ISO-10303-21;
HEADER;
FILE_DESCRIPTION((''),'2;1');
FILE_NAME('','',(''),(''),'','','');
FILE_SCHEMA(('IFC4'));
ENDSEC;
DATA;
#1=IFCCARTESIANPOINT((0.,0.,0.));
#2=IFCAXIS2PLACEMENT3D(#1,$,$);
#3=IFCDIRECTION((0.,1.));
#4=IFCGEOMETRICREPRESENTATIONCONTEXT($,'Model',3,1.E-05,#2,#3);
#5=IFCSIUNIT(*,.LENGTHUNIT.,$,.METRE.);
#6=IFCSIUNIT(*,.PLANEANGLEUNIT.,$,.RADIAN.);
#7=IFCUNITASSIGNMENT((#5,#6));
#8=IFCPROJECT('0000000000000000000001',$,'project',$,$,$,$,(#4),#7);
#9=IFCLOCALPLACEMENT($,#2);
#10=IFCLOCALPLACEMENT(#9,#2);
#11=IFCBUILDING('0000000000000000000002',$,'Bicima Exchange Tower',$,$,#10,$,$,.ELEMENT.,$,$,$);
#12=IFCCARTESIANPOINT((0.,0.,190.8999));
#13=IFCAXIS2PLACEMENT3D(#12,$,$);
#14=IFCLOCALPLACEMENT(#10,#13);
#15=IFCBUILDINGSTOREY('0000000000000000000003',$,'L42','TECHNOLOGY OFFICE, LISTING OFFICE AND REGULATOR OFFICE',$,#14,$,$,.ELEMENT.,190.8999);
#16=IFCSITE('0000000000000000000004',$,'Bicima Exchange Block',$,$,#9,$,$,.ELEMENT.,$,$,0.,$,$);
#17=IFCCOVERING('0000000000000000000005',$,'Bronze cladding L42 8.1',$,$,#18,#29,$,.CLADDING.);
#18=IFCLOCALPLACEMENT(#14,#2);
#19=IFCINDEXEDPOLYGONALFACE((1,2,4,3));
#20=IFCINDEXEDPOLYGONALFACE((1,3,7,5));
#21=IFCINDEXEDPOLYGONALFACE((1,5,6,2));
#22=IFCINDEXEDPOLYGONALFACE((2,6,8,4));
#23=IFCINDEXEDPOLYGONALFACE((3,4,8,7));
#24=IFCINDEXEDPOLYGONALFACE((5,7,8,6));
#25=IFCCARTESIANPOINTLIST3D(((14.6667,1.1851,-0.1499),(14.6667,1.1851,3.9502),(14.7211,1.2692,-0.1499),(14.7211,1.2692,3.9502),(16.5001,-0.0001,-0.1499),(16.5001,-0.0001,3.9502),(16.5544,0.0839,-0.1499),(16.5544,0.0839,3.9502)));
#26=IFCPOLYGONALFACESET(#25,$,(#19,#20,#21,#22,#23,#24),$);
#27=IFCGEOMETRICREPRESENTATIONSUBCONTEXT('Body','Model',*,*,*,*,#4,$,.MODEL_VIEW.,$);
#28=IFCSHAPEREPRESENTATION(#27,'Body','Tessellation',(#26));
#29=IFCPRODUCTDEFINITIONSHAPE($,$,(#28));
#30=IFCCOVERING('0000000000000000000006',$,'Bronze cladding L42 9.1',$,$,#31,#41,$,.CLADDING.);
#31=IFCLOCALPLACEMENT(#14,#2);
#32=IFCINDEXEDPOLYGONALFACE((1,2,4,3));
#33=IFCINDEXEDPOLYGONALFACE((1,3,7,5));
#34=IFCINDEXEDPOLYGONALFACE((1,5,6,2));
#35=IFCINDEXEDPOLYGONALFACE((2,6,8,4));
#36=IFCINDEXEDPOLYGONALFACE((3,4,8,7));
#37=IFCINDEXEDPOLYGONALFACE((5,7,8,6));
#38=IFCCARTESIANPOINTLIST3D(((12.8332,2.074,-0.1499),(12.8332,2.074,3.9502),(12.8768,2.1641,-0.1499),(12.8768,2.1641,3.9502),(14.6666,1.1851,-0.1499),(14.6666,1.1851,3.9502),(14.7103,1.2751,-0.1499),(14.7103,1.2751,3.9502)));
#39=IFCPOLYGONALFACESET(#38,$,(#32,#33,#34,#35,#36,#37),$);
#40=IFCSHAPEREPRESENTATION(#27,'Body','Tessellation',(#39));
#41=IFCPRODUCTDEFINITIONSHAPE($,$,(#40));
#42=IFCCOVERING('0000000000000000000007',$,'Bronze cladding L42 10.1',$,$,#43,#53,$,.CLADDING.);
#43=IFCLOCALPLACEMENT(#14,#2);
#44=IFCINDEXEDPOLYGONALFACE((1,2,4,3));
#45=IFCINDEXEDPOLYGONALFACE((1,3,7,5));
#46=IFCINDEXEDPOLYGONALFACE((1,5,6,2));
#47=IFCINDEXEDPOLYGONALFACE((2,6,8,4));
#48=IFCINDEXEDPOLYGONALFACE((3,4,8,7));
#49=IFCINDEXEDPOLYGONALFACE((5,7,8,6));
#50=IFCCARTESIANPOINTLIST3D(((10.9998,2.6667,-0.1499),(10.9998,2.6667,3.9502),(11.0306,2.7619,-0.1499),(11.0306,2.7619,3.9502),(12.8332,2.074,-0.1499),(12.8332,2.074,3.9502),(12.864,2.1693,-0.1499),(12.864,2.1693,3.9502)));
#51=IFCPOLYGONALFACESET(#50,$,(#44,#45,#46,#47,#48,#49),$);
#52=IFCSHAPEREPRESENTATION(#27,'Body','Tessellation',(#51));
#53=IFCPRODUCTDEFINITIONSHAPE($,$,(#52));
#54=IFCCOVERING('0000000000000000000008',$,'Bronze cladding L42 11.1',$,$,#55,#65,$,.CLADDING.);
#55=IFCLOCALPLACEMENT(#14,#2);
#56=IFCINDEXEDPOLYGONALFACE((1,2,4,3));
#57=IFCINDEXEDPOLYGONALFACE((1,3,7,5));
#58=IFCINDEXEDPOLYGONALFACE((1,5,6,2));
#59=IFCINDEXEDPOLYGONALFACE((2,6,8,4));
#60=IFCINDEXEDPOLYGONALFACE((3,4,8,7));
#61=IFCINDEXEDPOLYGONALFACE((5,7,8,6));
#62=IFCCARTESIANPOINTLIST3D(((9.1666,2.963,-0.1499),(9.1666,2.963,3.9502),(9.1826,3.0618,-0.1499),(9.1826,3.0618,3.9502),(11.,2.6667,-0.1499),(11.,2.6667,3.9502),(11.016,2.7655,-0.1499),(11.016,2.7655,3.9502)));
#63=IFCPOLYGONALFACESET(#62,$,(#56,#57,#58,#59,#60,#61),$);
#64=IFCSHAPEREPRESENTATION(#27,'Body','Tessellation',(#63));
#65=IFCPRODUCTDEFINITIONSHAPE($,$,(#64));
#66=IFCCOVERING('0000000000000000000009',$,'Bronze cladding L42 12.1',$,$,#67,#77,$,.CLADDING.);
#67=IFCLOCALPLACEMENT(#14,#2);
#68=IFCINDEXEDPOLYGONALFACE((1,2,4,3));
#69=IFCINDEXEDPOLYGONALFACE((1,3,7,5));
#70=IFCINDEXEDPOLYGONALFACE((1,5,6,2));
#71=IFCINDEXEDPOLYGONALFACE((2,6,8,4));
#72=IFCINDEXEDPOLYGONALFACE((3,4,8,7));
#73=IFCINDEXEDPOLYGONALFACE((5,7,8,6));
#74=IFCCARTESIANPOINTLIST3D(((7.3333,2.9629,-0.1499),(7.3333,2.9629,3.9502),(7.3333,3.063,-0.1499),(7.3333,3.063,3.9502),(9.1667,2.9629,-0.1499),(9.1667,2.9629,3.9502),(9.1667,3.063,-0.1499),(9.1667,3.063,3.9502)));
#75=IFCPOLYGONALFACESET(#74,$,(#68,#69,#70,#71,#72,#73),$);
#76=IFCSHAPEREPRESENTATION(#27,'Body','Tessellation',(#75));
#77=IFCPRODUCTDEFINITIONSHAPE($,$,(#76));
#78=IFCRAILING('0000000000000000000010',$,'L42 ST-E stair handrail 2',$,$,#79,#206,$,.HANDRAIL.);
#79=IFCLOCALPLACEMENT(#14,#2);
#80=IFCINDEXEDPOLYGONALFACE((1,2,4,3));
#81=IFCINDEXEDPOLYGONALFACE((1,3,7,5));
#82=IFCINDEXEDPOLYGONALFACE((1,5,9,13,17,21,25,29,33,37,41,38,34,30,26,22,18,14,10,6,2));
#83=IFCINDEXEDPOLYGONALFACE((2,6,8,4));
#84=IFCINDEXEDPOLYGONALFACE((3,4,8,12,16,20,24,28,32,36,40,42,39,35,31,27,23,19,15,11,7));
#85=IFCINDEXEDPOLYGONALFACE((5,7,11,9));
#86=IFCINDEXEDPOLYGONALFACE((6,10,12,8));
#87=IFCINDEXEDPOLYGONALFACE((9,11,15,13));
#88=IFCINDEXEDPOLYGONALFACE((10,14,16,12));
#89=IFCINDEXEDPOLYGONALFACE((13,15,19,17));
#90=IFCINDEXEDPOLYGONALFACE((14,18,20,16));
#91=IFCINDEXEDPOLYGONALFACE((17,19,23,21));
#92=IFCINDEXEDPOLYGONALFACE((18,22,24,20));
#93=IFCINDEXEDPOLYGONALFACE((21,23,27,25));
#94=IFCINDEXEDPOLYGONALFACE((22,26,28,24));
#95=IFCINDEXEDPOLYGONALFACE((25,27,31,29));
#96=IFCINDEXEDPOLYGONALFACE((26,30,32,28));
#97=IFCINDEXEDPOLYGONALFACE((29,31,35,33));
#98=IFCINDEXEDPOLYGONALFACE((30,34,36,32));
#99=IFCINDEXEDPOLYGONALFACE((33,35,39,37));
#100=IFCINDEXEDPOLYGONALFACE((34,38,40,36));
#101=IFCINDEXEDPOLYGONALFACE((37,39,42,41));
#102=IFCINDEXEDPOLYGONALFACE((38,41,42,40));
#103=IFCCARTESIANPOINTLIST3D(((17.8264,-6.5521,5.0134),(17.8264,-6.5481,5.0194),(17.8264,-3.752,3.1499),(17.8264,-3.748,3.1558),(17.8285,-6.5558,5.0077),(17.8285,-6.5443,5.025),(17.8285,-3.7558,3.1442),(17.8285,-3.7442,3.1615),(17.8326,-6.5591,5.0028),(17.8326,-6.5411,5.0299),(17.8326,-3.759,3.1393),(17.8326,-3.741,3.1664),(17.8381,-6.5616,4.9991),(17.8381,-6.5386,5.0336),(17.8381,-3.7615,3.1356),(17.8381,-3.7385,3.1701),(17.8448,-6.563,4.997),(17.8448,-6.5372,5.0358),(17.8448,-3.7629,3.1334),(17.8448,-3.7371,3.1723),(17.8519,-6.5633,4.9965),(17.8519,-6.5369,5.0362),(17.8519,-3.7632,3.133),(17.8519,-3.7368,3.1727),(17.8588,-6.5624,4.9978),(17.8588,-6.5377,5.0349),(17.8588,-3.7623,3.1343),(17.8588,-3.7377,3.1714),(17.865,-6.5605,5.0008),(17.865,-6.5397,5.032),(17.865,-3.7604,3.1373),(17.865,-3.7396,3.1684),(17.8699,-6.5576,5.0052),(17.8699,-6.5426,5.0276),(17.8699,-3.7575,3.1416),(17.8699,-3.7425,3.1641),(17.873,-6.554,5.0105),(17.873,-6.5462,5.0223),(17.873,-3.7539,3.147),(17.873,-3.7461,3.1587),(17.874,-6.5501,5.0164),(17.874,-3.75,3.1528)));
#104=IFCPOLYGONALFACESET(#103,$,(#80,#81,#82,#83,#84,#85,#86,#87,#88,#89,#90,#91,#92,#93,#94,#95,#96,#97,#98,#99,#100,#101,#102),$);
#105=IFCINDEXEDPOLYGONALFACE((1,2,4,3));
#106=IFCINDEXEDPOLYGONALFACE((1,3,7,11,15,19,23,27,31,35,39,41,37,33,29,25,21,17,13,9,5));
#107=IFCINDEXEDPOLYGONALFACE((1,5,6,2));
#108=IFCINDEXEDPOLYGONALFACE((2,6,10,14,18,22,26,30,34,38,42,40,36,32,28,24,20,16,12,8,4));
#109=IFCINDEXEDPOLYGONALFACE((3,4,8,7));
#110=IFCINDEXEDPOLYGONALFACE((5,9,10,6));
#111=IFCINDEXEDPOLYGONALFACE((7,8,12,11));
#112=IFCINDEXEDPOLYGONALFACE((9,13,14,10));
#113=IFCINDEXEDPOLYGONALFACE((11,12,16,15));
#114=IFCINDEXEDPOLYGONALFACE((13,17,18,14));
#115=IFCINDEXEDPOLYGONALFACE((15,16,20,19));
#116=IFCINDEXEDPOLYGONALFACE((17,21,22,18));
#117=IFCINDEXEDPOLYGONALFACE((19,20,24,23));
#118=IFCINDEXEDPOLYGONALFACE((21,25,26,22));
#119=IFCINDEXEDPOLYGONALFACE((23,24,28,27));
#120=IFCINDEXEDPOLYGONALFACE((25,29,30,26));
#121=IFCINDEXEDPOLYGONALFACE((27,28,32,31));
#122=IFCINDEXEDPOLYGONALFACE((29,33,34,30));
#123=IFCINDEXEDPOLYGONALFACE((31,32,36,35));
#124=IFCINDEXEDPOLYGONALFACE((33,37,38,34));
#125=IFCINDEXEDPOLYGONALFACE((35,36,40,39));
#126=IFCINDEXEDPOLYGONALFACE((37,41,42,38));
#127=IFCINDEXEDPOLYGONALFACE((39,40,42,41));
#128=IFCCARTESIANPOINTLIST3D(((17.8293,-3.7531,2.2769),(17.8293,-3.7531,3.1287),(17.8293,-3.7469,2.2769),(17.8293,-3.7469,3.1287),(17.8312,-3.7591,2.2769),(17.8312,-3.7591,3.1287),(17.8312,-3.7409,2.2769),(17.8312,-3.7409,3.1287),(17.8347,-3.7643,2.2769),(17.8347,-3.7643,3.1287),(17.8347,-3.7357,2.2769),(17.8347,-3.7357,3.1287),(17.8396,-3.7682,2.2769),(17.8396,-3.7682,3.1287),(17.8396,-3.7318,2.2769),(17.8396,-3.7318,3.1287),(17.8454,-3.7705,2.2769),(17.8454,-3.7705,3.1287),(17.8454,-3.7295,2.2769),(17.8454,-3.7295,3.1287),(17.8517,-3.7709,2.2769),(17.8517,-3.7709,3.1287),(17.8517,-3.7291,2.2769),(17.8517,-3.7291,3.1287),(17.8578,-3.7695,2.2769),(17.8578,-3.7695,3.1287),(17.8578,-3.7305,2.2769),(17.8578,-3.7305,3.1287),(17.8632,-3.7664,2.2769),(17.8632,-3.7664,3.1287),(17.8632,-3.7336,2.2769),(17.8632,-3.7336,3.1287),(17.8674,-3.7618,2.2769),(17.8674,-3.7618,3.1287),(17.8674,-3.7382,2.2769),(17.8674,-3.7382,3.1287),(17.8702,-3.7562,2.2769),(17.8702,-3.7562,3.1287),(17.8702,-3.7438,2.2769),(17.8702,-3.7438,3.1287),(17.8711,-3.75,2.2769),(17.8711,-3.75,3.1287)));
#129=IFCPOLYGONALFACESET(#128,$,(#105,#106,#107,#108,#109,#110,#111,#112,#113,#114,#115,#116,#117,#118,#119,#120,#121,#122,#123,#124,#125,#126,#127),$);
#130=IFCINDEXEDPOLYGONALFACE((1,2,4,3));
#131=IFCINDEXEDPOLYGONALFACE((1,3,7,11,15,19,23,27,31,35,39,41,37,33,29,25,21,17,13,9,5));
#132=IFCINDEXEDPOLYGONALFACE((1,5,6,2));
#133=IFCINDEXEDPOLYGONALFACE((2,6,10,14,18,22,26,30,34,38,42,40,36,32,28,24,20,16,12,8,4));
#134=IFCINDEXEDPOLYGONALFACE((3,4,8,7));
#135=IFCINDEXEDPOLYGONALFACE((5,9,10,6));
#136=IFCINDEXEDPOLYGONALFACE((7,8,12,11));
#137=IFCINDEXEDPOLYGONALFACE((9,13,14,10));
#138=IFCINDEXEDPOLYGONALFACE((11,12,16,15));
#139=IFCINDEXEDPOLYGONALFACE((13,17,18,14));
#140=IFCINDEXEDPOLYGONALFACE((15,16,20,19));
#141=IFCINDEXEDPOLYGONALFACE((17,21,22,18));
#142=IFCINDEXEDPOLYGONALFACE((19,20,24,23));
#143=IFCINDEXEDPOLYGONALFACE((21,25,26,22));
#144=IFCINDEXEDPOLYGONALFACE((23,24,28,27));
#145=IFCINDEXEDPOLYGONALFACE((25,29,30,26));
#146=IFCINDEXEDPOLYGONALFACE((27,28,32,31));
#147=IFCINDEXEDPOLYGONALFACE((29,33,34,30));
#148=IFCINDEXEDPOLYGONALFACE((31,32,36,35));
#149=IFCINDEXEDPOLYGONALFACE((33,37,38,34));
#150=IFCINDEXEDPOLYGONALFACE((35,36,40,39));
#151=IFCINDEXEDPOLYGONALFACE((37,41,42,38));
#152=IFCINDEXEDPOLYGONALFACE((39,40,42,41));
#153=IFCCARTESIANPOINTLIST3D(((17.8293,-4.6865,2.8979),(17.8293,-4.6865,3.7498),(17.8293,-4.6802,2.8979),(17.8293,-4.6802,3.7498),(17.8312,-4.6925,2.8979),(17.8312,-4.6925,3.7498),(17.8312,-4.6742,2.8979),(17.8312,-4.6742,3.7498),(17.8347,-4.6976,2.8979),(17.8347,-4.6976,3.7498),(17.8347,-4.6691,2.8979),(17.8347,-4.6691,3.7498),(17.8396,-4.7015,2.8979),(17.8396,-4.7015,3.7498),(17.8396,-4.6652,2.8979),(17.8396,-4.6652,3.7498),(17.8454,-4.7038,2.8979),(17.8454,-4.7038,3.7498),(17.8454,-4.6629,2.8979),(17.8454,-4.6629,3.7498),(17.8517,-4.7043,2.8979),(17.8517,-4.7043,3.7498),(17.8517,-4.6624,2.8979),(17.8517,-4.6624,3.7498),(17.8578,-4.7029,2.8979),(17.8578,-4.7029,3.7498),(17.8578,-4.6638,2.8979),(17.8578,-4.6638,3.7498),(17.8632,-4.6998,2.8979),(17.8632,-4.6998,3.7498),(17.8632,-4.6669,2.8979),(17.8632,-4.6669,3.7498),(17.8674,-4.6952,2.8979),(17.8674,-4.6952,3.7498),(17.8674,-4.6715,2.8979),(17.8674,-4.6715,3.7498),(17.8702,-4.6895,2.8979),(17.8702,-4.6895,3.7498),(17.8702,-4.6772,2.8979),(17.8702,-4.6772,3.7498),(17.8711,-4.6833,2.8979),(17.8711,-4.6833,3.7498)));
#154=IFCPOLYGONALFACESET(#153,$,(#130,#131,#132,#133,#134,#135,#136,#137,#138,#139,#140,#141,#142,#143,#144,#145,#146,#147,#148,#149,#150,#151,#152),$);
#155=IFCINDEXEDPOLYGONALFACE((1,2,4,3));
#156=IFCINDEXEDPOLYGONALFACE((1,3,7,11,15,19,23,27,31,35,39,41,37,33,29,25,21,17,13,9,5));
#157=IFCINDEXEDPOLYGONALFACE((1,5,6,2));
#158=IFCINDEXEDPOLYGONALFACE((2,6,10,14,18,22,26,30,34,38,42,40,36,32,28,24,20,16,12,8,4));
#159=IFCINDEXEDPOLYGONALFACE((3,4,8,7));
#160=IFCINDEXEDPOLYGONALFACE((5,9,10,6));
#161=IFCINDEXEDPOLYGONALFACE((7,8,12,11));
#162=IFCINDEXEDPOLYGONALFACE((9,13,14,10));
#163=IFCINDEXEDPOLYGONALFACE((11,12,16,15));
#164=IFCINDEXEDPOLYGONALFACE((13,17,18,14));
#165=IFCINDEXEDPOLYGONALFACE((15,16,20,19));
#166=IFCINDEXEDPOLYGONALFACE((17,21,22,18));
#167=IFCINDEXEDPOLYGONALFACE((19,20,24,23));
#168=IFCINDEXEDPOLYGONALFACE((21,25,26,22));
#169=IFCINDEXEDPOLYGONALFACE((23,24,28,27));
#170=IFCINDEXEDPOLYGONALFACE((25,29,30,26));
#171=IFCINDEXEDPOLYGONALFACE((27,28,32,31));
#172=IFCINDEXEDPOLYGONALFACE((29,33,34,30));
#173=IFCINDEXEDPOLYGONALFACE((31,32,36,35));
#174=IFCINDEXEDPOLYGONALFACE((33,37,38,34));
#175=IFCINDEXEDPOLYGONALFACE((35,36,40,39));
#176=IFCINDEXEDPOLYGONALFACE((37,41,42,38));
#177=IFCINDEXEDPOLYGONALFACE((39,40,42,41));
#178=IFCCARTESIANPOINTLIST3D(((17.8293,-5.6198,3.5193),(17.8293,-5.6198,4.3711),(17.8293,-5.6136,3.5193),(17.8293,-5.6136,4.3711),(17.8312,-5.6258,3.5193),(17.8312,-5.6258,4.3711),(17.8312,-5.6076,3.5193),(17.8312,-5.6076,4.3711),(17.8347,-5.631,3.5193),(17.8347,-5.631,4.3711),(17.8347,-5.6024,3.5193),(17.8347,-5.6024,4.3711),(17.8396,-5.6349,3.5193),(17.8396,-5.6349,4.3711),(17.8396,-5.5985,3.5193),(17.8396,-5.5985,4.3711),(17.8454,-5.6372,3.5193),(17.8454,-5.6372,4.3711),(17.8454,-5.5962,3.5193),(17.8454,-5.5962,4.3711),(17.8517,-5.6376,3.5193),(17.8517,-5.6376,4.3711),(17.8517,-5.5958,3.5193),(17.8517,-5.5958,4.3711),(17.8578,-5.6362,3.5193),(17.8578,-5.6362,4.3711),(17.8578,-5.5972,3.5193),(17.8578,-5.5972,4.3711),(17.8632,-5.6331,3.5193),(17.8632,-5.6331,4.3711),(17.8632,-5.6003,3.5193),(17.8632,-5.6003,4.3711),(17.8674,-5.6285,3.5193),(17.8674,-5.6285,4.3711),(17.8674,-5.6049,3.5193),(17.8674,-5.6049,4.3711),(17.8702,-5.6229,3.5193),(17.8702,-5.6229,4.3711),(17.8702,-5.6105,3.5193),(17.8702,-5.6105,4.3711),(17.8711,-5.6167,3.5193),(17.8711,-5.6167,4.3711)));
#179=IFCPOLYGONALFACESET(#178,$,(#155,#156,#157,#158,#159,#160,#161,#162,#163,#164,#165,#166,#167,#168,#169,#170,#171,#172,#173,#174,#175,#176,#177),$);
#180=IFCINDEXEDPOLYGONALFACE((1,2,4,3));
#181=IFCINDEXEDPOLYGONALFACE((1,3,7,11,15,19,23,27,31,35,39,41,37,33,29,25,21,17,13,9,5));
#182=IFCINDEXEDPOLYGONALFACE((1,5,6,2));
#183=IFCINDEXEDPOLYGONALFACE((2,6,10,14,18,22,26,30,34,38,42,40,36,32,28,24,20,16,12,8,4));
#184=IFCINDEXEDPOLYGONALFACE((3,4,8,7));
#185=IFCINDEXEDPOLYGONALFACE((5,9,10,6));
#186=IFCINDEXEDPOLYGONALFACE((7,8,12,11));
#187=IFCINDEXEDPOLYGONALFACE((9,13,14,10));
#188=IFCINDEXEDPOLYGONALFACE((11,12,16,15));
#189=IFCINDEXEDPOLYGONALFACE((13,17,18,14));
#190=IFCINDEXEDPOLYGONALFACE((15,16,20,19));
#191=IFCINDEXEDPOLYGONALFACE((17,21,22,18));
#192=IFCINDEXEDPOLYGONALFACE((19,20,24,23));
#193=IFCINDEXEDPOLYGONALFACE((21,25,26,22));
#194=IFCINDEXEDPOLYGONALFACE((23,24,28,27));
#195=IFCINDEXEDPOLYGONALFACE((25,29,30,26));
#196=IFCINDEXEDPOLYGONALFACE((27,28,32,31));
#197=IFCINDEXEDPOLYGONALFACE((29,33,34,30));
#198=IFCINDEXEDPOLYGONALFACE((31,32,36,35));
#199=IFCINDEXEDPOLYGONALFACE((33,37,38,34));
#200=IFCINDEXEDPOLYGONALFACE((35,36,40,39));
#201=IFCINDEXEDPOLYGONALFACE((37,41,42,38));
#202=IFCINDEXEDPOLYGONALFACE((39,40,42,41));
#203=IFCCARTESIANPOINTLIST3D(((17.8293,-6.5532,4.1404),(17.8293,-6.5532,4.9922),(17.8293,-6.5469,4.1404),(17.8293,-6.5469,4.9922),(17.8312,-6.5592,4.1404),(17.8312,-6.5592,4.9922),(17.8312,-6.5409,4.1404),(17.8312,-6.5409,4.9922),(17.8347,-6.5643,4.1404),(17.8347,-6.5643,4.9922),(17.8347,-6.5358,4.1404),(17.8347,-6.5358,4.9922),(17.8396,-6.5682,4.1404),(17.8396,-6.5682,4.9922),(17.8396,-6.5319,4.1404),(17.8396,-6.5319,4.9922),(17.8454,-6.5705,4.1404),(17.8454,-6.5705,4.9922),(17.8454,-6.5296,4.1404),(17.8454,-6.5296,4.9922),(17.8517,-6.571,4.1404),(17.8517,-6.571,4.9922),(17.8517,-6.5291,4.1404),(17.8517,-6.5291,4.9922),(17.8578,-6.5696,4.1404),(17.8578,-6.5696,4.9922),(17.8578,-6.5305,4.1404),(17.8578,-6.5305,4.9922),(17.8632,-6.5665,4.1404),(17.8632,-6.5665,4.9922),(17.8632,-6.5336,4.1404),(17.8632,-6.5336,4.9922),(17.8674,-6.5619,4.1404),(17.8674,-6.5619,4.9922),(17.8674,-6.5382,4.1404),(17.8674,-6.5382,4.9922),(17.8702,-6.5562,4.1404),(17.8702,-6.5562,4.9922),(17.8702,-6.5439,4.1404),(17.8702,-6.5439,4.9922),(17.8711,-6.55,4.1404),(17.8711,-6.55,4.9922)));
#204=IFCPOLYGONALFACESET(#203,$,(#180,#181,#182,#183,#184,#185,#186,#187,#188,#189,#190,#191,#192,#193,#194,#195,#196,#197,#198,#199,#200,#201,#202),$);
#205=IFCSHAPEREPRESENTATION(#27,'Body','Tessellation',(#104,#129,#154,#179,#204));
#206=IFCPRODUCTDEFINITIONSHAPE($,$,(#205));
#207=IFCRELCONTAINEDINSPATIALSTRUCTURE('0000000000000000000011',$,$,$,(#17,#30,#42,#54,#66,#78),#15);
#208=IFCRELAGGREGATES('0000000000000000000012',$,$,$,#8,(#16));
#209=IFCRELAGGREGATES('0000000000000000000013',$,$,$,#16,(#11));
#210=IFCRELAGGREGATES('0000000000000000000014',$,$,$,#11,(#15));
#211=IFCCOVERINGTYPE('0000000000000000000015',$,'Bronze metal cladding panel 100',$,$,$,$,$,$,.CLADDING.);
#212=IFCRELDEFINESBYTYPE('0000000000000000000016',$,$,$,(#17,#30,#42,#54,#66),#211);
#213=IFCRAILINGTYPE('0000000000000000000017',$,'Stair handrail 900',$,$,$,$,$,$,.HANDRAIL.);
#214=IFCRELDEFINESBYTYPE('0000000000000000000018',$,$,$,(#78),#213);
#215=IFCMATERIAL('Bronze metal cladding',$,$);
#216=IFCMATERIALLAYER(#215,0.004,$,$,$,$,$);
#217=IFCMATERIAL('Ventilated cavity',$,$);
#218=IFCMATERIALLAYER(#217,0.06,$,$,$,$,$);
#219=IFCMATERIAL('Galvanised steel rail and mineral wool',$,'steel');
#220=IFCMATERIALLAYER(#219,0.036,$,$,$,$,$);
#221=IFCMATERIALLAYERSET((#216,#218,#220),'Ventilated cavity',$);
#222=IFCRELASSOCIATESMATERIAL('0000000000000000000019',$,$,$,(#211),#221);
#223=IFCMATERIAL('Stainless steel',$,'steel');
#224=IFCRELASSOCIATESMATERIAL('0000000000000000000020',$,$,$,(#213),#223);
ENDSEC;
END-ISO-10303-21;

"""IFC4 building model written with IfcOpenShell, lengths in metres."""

from ifc_helpers import new_model, si_unit, direction, frame, origin, origin_2d, place, context, subcontext, project, spatial, rectangle, circle, extrude, material, layer, layer_set, type_object, element, save


model = new_model("IFC4")

# Units and contexts
model_context = context("Model", 3, precision=1e-05, world=origin(), true_north=direction((0.0, 1.0)))
body_context = subcontext(model_context, "Body", "Model", "MODEL_VIEW")
ifc_project = project(units=[si_unit("LENGTHUNIT", "METRE"), si_unit("PLANEANGLEUNIT", "RADIAN")], contexts=[model_context])

# Site, building, storey
site_placement = place(None, origin())
site = spatial("IfcSite", under=ifc_project, at=site_placement, Name="Bicima Exchange Block", CompositionType="ELEMENT", RefElevation=0.0)
building_placement = place(site_placement, origin())
building = spatial("IfcBuilding", under=site, at=building_placement, Name="Bicima Exchange Tower", CompositionType="ELEMENT")
storey_placement = place(building_placement, frame((0.0, 0.0, 190.8999)))
storey = spatial("IfcBuildingStorey", under=building, at=storey_placement, Name="L42", Description="TECHNOLOGY OFFICE, LISTING OFFICE AND REGULATOR OFFICE", CompositionType="ELEMENT", Elevation=190.8999)

# Coverings
ifc_material_1 = material(Name="Bronze metal cladding")
ifc_layer_1 = layer(ifc_material_1, 0.004)
ifc_material_2 = material(Name="Ventilated cavity")
ifc_layer_2 = layer(ifc_material_2, 0.06)
ifc_material_3 = material(Name="Galvanised steel rail and mineral wool", Category="steel")
ifc_layer_3 = layer(ifc_material_3, 0.036)
ifc_layer_set_1 = layer_set([ifc_layer_1, ifc_layer_2, ifc_layer_3], Name="Ventilated cavity")
covering_type = type_object("IfcCoveringType", Name="Bronze metal cladding panel 100", PredefinedType="CLADDING", material=ifc_layer_set_1)
covering_1_placement = place(storey_placement, frame((15.6106, 0.6345, -0.1499), z_axis=(0.0, 0.0, 1.0), x_axis=(-0.83979, 0.542911, 0.0)))
element("IfcCovering", 1, at=covering_1_placement, inside=storey, type_object=covering_type, Name="Bronze cladding L42 8.1", PredefinedType="CLADDING", context=body_context, shape_type="SweptSolid", body=[
    extrude(rectangle(XDim=2.1831, YDim=0.1001, at=origin_2d()), origin(), (0.0, 0.0, 1.0), 4.1001),
])
covering_2_placement = place(storey_placement, frame((13.7717, 1.6746, -0.1499), z_axis=(0.0, 0.0, 1.0), x_axis=(-0.899818, 0.436265, 0.0)))
element("IfcCovering", 2, at=covering_2_placement, inside=storey, type_object=covering_type, Name="Bronze cladding L42 9.1", PredefinedType="CLADDING", context=body_context, shape_type="SweptSolid", body=[
    extrude(rectangle(XDim=2.0376, YDim=0.1001, at=origin_2d()), origin(), (0.0, 0.0, 1.0), 4.1001),
])
covering_3_placement = place(storey_placement, frame((11.9319, 2.418, -0.1499), z_axis=(0.0, 0.0, 1.0), x_axis=(-0.951525, 0.307573, 0.0)))
element("IfcCovering", 3, at=covering_3_placement, inside=storey, type_object=covering_type, Name="Bronze cladding L42 10.1", PredefinedType="CLADDING", context=body_context, shape_type="SweptSolid", body=[
    extrude(rectangle(XDim=1.9268, YDim=0.1001, at=origin_2d()), origin(), (0.0, 0.0, 1.0), 4.1001),
])
covering_4_placement = place(storey_placement, frame((10.0913, 2.8643, -0.1499), z_axis=(0.0, 0.0, 1.0), x_axis=(-0.98719, 0.15955, 0.0)))
element("IfcCovering", 4, at=covering_4_placement, inside=storey, type_object=covering_type, Name="Bronze cladding L42 11.1", PredefinedType="CLADDING", context=body_context, shape_type="SweptSolid", body=[
    extrude(rectangle(XDim=1.8572, YDim=0.1001, at=origin_2d()), origin(), (0.0, 0.0, 1.0), 4.1001),
])
covering_5_placement = place(storey_placement, frame((8.25, 3.0129, -0.1499), z_axis=(0.0, 0.0, 1.0), x_axis=(-1.0, 0.0, 0.0)))
element("IfcCovering", 5, at=covering_5_placement, inside=storey, type_object=covering_type, Name="Bronze cladding L42 12.1", PredefinedType="CLADDING", context=body_context, shape_type="SweptSolid", body=[
    extrude(rectangle(XDim=1.8335, YDim=0.1001, at=origin_2d()), origin(), (0.0, 0.0, 1.0), 4.1001),
])

# Railing
ifc_material_4 = material(Name="Stainless steel", Category="steel")
railing_type = type_object("IfcRailingType", Name="Stair handrail 900", PredefinedType="HANDRAIL", material=ifc_material_4)
railing_placement = place(storey_placement, frame((17.8501, -3.75, 2.2769)))
element("IfcRailing", 6, at=railing_placement, inside=storey, type_object=railing_type, Name="L42 ST-E stair handrail 2", PredefinedType="HANDRAIL", context=body_context, shape_type="SweptSolid", body=[
    extrude(circle(Radius=0.0239, at=origin_2d()), frame((0.0, 0.0, 0.876), z_axis=(0.0, -0.832486, 0.554047), x_axis=(1.0, 0.0, 0.0)), (0.0, 0.0, 1.0), 3.3635),
    extrude(circle(Radius=0.021, at=origin_2d()), origin(), (0.0, 0.0, 1.0), 0.8518),
    extrude(circle(Radius=0.021, at=origin_2d()), frame((0.0, -0.9333, 0.6211)), (0.0, 0.0, 1.0), 0.8518),
    extrude(circle(Radius=0.021, at=origin_2d()), frame((0.0, -1.8667, 1.2424)), (0.0, 0.0, 1.0), 0.8518),
    extrude(circle(Radius=0.021, at=origin_2d()), frame((0.0, -2.8, 1.8635)), (0.0, 0.0, 1.0), 0.8518),
])

save(model, "model.ifc")
